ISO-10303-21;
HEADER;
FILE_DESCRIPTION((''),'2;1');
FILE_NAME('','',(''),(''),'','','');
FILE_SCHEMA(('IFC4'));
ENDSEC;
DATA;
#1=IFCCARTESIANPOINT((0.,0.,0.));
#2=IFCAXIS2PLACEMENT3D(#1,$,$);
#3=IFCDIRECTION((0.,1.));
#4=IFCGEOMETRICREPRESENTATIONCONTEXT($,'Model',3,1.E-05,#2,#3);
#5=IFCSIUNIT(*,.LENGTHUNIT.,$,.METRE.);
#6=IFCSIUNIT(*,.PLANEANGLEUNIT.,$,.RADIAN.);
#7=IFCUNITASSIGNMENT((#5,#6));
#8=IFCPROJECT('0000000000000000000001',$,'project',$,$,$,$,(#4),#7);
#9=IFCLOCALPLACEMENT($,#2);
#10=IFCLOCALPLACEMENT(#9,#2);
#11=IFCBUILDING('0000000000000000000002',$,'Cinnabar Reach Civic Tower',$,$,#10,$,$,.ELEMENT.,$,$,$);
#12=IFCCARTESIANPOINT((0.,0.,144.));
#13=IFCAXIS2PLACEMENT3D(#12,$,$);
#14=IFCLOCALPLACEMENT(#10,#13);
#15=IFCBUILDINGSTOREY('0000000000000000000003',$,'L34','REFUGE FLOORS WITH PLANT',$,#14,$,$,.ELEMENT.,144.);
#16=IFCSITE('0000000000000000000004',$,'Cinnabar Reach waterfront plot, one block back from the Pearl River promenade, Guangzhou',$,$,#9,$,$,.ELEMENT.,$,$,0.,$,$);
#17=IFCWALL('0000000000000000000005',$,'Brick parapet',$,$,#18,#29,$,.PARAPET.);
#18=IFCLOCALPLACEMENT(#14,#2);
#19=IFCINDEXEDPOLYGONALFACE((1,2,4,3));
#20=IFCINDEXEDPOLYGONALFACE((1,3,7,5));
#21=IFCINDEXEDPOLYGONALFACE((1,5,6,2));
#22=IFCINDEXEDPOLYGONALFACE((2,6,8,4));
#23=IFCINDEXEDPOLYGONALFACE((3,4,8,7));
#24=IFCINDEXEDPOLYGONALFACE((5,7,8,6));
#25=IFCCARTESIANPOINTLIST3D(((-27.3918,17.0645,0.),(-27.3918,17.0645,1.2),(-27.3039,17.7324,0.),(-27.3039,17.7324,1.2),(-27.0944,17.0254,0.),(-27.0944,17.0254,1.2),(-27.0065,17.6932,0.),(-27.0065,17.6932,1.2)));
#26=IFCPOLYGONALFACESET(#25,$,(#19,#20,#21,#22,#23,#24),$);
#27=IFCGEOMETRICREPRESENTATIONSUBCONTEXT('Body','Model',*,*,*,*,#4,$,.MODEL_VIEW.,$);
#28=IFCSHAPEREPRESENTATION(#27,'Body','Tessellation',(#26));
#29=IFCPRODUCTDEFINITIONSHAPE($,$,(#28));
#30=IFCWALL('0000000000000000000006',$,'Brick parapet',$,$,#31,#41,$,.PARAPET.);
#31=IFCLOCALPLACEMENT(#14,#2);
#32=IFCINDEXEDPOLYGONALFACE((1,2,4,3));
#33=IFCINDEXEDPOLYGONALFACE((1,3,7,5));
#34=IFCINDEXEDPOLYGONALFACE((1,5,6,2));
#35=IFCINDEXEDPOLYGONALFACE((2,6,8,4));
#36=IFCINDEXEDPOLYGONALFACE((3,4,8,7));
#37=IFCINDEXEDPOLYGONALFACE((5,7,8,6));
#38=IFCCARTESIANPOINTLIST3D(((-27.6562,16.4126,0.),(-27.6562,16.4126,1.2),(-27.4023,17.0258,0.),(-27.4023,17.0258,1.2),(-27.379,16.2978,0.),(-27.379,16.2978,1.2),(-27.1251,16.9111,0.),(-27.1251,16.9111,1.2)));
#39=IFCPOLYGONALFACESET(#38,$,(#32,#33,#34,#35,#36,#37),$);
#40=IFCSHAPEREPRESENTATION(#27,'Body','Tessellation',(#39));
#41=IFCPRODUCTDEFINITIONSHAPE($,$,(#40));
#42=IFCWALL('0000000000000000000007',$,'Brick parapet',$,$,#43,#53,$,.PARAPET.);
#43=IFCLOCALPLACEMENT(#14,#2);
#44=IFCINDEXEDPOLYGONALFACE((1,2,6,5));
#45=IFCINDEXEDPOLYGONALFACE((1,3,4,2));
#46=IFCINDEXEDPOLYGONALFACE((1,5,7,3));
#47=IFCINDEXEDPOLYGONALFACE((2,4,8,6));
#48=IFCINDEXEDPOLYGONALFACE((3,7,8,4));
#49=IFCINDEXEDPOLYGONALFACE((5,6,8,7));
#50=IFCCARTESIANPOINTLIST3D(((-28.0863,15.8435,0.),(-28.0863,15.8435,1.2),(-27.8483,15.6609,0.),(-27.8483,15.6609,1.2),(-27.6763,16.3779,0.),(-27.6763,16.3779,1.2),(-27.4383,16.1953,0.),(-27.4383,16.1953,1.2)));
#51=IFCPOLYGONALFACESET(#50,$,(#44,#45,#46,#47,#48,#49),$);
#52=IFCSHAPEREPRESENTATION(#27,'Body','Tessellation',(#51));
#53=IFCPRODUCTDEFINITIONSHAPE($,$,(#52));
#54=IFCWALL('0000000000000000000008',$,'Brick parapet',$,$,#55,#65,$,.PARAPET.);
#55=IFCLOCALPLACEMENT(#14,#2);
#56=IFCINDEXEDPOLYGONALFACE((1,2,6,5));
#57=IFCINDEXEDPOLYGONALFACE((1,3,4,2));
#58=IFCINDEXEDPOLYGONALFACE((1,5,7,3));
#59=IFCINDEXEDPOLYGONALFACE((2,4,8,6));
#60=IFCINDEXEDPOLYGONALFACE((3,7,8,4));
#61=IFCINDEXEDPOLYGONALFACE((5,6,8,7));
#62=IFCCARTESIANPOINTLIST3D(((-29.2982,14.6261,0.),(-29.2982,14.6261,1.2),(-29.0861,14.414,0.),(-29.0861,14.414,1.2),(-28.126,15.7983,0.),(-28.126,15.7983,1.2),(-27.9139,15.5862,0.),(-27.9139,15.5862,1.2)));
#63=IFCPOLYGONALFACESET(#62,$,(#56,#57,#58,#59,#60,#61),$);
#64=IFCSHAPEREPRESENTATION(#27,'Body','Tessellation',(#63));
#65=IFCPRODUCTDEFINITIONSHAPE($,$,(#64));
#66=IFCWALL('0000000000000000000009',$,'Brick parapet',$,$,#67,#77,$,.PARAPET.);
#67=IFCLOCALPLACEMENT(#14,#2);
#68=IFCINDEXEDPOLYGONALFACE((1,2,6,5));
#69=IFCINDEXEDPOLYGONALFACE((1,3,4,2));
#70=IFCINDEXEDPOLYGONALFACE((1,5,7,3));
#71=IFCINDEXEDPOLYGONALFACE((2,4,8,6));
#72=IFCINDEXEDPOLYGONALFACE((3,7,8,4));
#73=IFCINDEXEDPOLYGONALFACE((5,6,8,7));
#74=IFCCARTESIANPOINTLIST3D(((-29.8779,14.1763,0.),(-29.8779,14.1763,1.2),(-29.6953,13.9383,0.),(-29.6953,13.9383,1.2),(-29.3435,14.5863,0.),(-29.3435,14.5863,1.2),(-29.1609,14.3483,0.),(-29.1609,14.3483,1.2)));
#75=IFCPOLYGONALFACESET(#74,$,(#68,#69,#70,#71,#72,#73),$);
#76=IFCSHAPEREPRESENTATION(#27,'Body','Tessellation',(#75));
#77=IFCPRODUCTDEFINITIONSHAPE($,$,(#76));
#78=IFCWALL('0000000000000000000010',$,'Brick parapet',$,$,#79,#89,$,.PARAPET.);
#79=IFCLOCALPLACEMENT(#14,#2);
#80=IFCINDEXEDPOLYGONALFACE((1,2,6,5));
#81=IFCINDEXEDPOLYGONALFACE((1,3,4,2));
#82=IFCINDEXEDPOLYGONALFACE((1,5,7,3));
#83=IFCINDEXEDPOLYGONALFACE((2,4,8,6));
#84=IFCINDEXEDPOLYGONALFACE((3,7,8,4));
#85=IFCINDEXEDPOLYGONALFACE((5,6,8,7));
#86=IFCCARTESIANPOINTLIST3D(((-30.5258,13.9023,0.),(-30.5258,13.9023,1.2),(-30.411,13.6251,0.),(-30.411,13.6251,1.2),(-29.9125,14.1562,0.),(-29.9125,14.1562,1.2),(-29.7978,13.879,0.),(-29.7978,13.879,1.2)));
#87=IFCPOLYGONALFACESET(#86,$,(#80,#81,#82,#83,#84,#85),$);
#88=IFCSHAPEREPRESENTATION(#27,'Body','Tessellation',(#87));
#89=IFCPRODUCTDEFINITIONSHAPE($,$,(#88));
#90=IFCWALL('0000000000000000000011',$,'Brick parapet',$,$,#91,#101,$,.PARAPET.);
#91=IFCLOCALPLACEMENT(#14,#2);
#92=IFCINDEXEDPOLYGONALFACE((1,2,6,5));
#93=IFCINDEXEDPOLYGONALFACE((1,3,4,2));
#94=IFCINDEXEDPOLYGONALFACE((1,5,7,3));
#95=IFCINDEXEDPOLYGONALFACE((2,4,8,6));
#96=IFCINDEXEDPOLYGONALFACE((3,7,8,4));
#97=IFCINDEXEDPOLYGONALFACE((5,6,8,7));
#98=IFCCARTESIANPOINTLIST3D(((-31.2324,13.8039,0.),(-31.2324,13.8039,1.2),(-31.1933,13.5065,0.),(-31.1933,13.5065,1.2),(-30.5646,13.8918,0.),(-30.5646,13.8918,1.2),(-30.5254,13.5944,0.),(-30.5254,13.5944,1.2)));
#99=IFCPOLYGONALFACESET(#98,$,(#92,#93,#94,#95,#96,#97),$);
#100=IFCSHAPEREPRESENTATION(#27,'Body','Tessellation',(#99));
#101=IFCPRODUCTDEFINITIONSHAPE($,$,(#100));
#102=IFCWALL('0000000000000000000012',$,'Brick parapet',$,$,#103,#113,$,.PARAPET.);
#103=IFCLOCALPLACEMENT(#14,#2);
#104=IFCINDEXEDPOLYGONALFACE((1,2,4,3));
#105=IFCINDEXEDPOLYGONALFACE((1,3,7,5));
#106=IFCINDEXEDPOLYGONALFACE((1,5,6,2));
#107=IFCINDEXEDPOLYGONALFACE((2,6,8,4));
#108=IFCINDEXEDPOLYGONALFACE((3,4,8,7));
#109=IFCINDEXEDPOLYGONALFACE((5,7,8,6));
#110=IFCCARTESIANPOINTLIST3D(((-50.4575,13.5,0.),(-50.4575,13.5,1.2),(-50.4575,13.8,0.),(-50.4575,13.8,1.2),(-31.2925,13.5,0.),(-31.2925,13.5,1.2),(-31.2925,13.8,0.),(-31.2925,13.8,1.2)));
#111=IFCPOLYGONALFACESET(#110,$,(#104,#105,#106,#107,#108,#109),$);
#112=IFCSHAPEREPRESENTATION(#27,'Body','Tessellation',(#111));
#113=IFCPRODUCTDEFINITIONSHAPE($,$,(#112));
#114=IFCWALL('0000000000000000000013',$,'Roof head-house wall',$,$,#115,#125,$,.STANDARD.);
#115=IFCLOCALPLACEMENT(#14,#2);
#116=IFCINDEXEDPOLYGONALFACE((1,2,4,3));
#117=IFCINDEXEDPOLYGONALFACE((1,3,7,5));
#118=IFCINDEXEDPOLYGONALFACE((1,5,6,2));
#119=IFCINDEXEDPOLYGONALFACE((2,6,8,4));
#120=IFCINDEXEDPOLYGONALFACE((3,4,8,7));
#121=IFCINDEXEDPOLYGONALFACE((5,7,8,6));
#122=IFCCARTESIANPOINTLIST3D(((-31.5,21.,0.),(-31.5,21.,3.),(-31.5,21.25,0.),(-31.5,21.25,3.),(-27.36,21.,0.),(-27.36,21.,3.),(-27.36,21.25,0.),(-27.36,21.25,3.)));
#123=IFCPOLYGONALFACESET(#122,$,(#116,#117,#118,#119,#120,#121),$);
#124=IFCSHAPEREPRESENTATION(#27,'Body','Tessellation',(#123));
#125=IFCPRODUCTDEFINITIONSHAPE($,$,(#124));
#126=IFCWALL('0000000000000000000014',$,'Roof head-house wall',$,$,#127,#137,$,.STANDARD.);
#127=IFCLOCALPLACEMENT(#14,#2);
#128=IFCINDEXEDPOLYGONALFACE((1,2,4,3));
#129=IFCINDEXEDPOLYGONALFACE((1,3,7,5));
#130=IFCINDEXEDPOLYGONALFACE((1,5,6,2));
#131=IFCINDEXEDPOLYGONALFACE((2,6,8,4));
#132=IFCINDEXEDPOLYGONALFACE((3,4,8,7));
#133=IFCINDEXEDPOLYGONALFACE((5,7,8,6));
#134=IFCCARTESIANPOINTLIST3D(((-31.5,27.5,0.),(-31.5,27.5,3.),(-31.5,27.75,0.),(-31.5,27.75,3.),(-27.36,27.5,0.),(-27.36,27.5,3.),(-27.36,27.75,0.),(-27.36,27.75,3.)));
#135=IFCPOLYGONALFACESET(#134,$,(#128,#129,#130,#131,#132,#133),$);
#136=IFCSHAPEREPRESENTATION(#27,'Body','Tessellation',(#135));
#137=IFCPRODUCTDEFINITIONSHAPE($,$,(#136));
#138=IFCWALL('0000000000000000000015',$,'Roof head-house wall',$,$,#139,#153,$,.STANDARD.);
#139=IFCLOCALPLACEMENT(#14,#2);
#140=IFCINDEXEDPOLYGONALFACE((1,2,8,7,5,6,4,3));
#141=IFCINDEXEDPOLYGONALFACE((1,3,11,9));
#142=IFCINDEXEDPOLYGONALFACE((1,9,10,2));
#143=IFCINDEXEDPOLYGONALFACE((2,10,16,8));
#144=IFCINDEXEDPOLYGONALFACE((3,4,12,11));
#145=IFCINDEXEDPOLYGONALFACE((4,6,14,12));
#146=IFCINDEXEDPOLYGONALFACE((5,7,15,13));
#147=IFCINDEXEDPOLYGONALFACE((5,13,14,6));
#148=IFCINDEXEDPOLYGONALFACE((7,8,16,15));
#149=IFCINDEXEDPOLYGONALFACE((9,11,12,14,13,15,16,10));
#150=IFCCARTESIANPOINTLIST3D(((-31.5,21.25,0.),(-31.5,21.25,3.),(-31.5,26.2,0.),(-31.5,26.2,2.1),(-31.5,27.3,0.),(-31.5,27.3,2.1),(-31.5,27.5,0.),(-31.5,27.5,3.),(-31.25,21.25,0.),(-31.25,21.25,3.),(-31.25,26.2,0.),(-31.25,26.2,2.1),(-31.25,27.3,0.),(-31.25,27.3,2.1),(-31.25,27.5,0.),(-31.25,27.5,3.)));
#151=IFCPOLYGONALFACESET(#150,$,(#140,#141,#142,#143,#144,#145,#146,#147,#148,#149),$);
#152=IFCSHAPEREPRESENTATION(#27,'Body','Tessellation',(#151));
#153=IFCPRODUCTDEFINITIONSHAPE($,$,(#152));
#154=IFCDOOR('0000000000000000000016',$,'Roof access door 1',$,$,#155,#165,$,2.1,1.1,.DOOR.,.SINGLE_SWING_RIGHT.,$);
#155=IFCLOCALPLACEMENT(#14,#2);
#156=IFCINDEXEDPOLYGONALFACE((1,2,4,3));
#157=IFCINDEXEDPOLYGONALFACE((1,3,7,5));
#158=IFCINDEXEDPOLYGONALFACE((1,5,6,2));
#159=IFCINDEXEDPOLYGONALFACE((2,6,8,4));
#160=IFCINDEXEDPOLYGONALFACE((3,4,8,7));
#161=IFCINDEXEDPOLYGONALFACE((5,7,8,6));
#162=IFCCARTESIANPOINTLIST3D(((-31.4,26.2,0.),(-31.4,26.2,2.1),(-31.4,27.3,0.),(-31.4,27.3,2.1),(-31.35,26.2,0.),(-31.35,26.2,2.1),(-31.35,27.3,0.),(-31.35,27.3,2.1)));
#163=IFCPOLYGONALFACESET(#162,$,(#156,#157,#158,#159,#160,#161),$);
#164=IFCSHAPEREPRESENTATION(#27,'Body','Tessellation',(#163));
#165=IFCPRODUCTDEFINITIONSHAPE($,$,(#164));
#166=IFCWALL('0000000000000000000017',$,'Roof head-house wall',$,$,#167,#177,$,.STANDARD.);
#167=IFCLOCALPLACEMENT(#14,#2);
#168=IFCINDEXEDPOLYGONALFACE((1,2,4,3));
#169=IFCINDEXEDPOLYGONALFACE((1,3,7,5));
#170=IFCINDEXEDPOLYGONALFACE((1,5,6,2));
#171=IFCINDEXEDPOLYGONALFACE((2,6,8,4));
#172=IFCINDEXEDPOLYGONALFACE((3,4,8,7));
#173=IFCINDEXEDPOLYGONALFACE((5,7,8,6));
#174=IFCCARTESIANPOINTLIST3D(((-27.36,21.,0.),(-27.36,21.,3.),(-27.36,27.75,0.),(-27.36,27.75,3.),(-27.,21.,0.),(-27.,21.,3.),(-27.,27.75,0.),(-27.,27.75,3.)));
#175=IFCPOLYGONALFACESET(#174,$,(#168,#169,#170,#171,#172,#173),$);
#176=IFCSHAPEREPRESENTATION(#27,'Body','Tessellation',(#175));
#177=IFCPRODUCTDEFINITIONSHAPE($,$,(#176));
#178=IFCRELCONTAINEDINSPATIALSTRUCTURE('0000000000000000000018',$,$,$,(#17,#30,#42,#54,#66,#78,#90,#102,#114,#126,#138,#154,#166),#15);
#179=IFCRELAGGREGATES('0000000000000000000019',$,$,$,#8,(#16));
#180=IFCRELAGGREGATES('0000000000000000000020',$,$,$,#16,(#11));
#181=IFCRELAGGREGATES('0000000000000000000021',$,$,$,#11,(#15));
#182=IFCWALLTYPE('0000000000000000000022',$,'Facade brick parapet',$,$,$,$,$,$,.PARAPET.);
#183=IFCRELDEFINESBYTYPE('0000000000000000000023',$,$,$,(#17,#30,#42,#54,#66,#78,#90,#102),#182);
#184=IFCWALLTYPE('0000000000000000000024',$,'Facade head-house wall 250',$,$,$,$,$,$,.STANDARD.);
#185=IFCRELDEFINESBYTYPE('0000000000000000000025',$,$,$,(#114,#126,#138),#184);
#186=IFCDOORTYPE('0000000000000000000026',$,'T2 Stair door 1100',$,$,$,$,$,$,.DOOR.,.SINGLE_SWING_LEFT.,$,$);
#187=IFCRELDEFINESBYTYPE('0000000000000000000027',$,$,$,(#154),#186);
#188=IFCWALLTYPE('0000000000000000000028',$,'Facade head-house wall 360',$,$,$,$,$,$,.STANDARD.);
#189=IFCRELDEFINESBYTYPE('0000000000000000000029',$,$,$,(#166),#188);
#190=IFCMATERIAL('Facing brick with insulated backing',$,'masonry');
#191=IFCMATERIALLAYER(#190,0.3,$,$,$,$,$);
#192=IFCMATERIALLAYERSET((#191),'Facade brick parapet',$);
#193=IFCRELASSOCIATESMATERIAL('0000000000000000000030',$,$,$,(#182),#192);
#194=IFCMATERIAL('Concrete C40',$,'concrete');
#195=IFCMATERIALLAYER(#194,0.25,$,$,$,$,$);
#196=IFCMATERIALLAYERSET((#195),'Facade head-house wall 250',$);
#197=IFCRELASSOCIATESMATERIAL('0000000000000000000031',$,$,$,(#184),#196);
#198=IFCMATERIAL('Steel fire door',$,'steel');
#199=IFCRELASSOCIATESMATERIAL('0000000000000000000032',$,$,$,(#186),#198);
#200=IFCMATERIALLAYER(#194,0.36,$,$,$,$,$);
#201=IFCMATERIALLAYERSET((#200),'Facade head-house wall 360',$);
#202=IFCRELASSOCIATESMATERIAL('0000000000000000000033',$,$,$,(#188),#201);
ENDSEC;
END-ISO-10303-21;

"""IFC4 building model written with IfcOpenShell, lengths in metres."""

from ifc_helpers import new_model, si_unit, direction, frame, frame_2d, origin, place, context, subcontext, project, spatial, rectangle, extrude, material, layer, layer_set, type_object, element, fill, save


model = new_model("IFC4")

# Units and contexts
model_context = context("Model", 3, precision=1e-05, world=origin(), true_north=direction((0.0, 1.0)))
body_context = subcontext(model_context, "Body", "Model", "MODEL_VIEW")
ifc_project = project(units=[si_unit("LENGTHUNIT", "METRE"), si_unit("PLANEANGLEUNIT", "RADIAN")], contexts=[model_context])

# Site, building, storey
site_placement = place(None, origin())
site = spatial("IfcSite", under=ifc_project, at=site_placement, Name="Cinnabar Reach waterfront plot, one block back from the Pearl River promenade, Guangzhou", CompositionType="ELEMENT", RefElevation=0.0)
building_placement = place(site_placement, origin())
building = spatial("IfcBuilding", under=site, at=building_placement, Name="Cinnabar Reach Civic Tower", CompositionType="ELEMENT")
storey_placement = place(building_placement, frame((0.0, 0.0, 144.0)))
storey = spatial("IfcBuildingStorey", under=building, at=storey_placement, Name="L34", Description="REFUGE FLOORS WITH PLANT", CompositionType="ELEMENT", Elevation=144.0)

# Shared definitions
ifc_material_1 = material(Name="Concrete C40", Category="concrete")

# Walls
ifc_material_2 = material(Name="Facing brick with insulated backing", Category="masonry")
ifc_layer_1 = layer(ifc_material_2, 0.3)
ifc_layer_set_1 = layer_set([ifc_layer_1], Name="Facade brick parapet")
wall_type_1 = type_object("IfcWallType", Name="Facade brick parapet", PredefinedType="PARAPET", material=ifc_layer_set_1)
wall_1_placement = place(storey_placement, frame((-27.1552, 17.7128, 0.0), z_axis=(0.0, 0.0, 1.0), x_axis=(-0.130501, -0.991448, 0.0)))
element("IfcWall", 1, at=wall_1_placement, inside=storey, type_object=wall_type_1, Name="Brick parapet", PredefinedType="PARAPET", context=body_context, shape_type="SweptSolid", body=[
    extrude(rectangle(XDim=0.6736, YDim=0.3, at=frame_2d((0.3368, 0.0))), origin(), (0.0, 0.0, 1.0), 1.2),
])
wall_2_placement = place(storey_placement, frame((-27.2637, 16.9684, 0.0), z_axis=(0.0, 0.0, 1.0), x_axis=(-0.38256, -0.923931, 0.0)))
element("IfcWall", 2, at=wall_2_placement, inside=storey, type_object=wall_type_1, Name="Brick parapet", PredefinedType="PARAPET", context=body_context, shape_type="SweptSolid", body=[
    extrude(rectangle(XDim=0.6637, YDim=0.3, at=frame_2d((0.3318, 0.0))), origin(), (0.0, 0.0, 1.0), 1.2),
])
wall_3_placement = place(storey_placement, frame((-27.5573, 16.2866, 0.0), z_axis=(0.0, 0.0, 1.0), x_axis=(-0.608706, -0.793396, 0.0)))
element("IfcWall", 3, at=wall_3_placement, inside=storey, type_object=wall_type_1, Name="Brick parapet", PredefinedType="PARAPET", context=body_context, shape_type="SweptSolid", body=[
    extrude(rectangle(XDim=0.6736, YDim=0.3, at=frame_2d((0.3368, 0.0))), origin(), (0.0, 0.0, 1.0), 1.2),
])
wall_4_placement = place(storey_placement, frame((-28.02, 15.6922, 0.0), z_axis=(0.0, 0.0, 1.0), x_axis=(-0.707107, -0.707107, 0.0)))
element("IfcWall", 4, at=wall_4_placement, inside=storey, type_object=wall_type_1, Name="Brick parapet", PredefinedType="PARAPET", context=body_context, shape_type="SweptSolid", body=[
    extrude(rectangle(XDim=1.6577, YDim=0.3, at=frame_2d((0.8288, 0.0))), origin(), (0.0, 0.0, 1.0), 1.2),
])
wall_5_placement = place(storey_placement, frame((-29.2522, 14.4673, 0.0), z_axis=(0.0, 0.0, 1.0), x_axis=(-0.793396, -0.608706, 0.0)))
element("IfcWall", 5, at=wall_5_placement, inside=storey, type_object=wall_type_1, Name="Brick parapet", PredefinedType="PARAPET", context=body_context, shape_type="SweptSolid", body=[
    extrude(rectangle(XDim=0.6736, YDim=0.3, at=frame_2d((0.3368, 0.0))), origin(), (0.0, 0.0, 1.0), 1.2),
])
wall_6_placement = place(storey_placement, frame((-29.8552, 14.0176, 0.0), z_axis=(0.0, 0.0, 1.0), x_axis=(-0.923931, -0.38256, 0.0)))
element("IfcWall", 6, at=wall_6_placement, inside=storey, type_object=wall_type_1, Name="Brick parapet", PredefinedType="PARAPET", context=body_context, shape_type="SweptSolid", body=[
    extrude(rectangle(XDim=0.6637, YDim=0.3, at=frame_2d((0.3318, 0.0))), origin(), (0.0, 0.0, 1.0), 1.2),
])
wall_7_placement = place(storey_placement, frame((-30.545, 13.7431, 0.0), z_axis=(0.0, 0.0, 1.0), x_axis=(-0.991448, -0.130501, 0.0)))
element("IfcWall", 7, at=wall_7_placement, inside=storey, type_object=wall_type_1, Name="Brick parapet", PredefinedType="PARAPET", context=body_context, shape_type="SweptSolid", body=[
    extrude(rectangle(XDim=0.6736, YDim=0.3, at=frame_2d((0.3368, 0.0))), origin(), (0.0, 0.0, 1.0), 1.2),
])
wall_8_placement = place(storey_placement, frame((-31.2925, 13.65, 0.0), z_axis=(0.0, 0.0, 1.0), x_axis=(-1.0, 0.0, 0.0)))
element("IfcWall", 8, at=wall_8_placement, inside=storey, type_object=wall_type_1, Name="Brick parapet", PredefinedType="PARAPET", context=body_context, shape_type="SweptSolid", body=[
    extrude(rectangle(XDim=19.165, YDim=0.3, at=frame_2d((9.5825, 0.0))), origin(), (0.0, 0.0, 1.0), 1.2),
])
ifc_layer_2 = layer(ifc_material_1, 0.25)
ifc_layer_set_2 = layer_set([ifc_layer_2], Name="Facade head-house wall 250")
wall_type_2 = type_object("IfcWallType", Name="Facade head-house wall 250", PredefinedType="STANDARD", material=ifc_layer_set_2)
for number, where, z_axis, x_axis, name in (
    (9, (-31.5, 21.125, 0.0), (0.0, 0.0, 1.0), (1.0, 0.0, 0.0), "Roof head-house wall"),
    (10, (-31.5, 27.625, 0.0), (0.0, 0.0, 1.0), (1.0, 0.0, 0.0), "Roof head-house wall"),
):
    element("IfcWall", number, at=place(storey_placement, frame(where, z_axis=z_axis, x_axis=x_axis)), inside=storey, type_object=wall_type_2, Name=name, PredefinedType="STANDARD", context=body_context, shape_type="SweptSolid", body=[
        extrude(rectangle(XDim=4.14, YDim=0.25, at=frame_2d((2.07, 0.0))), origin(), (0.0, 0.0, 1.0), 3.0),
    ])

# Wall, opening, door
wall_9_placement = place(storey_placement, frame((-31.375, 21.25, 0.0), z_axis=(0.0, 0.0, 1.0), x_axis=(0.0, 1.0, 0.0)))
wall_9 = element("IfcWall", 11, at=wall_9_placement, inside=storey, type_object=wall_type_2, Name="Roof head-house wall", PredefinedType="STANDARD", context=body_context, shape_type="SweptSolid", body=[
    extrude(rectangle(XDim=6.25, YDim=0.25, at=frame_2d((3.125, 0.0))), origin(), (0.0, 0.0, 1.0), 3.0),
])
opening_placement = place(wall_9_placement, frame((4.95, 0.0, 0.0)))
opening = element("IfcOpeningElement", 12, at=opening_placement, cuts=wall_9, PredefinedType="OPENING", context=body_context, shape_type="SweptSolid", body=[
    extrude(rectangle(XDim=1.1, YDim=2.1, at=frame_2d((0.55, 1.05))), frame((0.0, 0.135, 0.0), z_axis=(0.0, -1.0, 0.0), x_axis=(1.0, 0.0, 0.0)), (0.0, 0.0, 1.0), 0.27),
])
ifc_material_3 = material(Name="Steel fire door", Category="steel")
door_type = type_object("IfcDoorType", Name="T2 Stair door 1100", OperationType="SINGLE_SWING_LEFT", PredefinedType="DOOR", material=ifc_material_3)
door_placement = place(opening_placement, origin())
door = element("IfcDoor", 13, at=door_placement, inside=storey, type_object=door_type, Name="Roof access door 1", OperationType="SINGLE_SWING_RIGHT", OverallHeight=2.1, OverallWidth=1.1, PredefinedType="DOOR", context=body_context, shape_type="SweptSolid", body=[
    extrude(rectangle(XDim=1.1, YDim=2.1, at=frame_2d((0.55, 1.05))), frame((0.0, 0.025, 0.0), z_axis=(0.0, -1.0, 0.0), x_axis=(1.0, 0.0, 0.0)), (0.0, 0.0, 1.0), 0.05),
])
fill(opening, door)

# Wall
ifc_layer_3 = layer(ifc_material_1, 0.36)
ifc_layer_set_3 = layer_set([ifc_layer_3], Name="Facade head-house wall 360")
wall_type_3 = type_object("IfcWallType", Name="Facade head-house wall 360", PredefinedType="STANDARD", material=ifc_layer_set_3)
wall_10_placement = place(storey_placement, frame((-27.18, 21.0, 0.0), z_axis=(0.0, 0.0, 1.0), x_axis=(0.0, 1.0, 0.0)))
element("IfcWall", 14, at=wall_10_placement, inside=storey, type_object=wall_type_3, Name="Roof head-house wall", PredefinedType="STANDARD", context=body_context, shape_type="SweptSolid", body=[
    extrude(rectangle(XDim=6.75, YDim=0.36, at=frame_2d((3.375, 0.0))), origin(), (0.0, 0.0, 1.0), 3.0),
])

save(model, "model.ifc")
